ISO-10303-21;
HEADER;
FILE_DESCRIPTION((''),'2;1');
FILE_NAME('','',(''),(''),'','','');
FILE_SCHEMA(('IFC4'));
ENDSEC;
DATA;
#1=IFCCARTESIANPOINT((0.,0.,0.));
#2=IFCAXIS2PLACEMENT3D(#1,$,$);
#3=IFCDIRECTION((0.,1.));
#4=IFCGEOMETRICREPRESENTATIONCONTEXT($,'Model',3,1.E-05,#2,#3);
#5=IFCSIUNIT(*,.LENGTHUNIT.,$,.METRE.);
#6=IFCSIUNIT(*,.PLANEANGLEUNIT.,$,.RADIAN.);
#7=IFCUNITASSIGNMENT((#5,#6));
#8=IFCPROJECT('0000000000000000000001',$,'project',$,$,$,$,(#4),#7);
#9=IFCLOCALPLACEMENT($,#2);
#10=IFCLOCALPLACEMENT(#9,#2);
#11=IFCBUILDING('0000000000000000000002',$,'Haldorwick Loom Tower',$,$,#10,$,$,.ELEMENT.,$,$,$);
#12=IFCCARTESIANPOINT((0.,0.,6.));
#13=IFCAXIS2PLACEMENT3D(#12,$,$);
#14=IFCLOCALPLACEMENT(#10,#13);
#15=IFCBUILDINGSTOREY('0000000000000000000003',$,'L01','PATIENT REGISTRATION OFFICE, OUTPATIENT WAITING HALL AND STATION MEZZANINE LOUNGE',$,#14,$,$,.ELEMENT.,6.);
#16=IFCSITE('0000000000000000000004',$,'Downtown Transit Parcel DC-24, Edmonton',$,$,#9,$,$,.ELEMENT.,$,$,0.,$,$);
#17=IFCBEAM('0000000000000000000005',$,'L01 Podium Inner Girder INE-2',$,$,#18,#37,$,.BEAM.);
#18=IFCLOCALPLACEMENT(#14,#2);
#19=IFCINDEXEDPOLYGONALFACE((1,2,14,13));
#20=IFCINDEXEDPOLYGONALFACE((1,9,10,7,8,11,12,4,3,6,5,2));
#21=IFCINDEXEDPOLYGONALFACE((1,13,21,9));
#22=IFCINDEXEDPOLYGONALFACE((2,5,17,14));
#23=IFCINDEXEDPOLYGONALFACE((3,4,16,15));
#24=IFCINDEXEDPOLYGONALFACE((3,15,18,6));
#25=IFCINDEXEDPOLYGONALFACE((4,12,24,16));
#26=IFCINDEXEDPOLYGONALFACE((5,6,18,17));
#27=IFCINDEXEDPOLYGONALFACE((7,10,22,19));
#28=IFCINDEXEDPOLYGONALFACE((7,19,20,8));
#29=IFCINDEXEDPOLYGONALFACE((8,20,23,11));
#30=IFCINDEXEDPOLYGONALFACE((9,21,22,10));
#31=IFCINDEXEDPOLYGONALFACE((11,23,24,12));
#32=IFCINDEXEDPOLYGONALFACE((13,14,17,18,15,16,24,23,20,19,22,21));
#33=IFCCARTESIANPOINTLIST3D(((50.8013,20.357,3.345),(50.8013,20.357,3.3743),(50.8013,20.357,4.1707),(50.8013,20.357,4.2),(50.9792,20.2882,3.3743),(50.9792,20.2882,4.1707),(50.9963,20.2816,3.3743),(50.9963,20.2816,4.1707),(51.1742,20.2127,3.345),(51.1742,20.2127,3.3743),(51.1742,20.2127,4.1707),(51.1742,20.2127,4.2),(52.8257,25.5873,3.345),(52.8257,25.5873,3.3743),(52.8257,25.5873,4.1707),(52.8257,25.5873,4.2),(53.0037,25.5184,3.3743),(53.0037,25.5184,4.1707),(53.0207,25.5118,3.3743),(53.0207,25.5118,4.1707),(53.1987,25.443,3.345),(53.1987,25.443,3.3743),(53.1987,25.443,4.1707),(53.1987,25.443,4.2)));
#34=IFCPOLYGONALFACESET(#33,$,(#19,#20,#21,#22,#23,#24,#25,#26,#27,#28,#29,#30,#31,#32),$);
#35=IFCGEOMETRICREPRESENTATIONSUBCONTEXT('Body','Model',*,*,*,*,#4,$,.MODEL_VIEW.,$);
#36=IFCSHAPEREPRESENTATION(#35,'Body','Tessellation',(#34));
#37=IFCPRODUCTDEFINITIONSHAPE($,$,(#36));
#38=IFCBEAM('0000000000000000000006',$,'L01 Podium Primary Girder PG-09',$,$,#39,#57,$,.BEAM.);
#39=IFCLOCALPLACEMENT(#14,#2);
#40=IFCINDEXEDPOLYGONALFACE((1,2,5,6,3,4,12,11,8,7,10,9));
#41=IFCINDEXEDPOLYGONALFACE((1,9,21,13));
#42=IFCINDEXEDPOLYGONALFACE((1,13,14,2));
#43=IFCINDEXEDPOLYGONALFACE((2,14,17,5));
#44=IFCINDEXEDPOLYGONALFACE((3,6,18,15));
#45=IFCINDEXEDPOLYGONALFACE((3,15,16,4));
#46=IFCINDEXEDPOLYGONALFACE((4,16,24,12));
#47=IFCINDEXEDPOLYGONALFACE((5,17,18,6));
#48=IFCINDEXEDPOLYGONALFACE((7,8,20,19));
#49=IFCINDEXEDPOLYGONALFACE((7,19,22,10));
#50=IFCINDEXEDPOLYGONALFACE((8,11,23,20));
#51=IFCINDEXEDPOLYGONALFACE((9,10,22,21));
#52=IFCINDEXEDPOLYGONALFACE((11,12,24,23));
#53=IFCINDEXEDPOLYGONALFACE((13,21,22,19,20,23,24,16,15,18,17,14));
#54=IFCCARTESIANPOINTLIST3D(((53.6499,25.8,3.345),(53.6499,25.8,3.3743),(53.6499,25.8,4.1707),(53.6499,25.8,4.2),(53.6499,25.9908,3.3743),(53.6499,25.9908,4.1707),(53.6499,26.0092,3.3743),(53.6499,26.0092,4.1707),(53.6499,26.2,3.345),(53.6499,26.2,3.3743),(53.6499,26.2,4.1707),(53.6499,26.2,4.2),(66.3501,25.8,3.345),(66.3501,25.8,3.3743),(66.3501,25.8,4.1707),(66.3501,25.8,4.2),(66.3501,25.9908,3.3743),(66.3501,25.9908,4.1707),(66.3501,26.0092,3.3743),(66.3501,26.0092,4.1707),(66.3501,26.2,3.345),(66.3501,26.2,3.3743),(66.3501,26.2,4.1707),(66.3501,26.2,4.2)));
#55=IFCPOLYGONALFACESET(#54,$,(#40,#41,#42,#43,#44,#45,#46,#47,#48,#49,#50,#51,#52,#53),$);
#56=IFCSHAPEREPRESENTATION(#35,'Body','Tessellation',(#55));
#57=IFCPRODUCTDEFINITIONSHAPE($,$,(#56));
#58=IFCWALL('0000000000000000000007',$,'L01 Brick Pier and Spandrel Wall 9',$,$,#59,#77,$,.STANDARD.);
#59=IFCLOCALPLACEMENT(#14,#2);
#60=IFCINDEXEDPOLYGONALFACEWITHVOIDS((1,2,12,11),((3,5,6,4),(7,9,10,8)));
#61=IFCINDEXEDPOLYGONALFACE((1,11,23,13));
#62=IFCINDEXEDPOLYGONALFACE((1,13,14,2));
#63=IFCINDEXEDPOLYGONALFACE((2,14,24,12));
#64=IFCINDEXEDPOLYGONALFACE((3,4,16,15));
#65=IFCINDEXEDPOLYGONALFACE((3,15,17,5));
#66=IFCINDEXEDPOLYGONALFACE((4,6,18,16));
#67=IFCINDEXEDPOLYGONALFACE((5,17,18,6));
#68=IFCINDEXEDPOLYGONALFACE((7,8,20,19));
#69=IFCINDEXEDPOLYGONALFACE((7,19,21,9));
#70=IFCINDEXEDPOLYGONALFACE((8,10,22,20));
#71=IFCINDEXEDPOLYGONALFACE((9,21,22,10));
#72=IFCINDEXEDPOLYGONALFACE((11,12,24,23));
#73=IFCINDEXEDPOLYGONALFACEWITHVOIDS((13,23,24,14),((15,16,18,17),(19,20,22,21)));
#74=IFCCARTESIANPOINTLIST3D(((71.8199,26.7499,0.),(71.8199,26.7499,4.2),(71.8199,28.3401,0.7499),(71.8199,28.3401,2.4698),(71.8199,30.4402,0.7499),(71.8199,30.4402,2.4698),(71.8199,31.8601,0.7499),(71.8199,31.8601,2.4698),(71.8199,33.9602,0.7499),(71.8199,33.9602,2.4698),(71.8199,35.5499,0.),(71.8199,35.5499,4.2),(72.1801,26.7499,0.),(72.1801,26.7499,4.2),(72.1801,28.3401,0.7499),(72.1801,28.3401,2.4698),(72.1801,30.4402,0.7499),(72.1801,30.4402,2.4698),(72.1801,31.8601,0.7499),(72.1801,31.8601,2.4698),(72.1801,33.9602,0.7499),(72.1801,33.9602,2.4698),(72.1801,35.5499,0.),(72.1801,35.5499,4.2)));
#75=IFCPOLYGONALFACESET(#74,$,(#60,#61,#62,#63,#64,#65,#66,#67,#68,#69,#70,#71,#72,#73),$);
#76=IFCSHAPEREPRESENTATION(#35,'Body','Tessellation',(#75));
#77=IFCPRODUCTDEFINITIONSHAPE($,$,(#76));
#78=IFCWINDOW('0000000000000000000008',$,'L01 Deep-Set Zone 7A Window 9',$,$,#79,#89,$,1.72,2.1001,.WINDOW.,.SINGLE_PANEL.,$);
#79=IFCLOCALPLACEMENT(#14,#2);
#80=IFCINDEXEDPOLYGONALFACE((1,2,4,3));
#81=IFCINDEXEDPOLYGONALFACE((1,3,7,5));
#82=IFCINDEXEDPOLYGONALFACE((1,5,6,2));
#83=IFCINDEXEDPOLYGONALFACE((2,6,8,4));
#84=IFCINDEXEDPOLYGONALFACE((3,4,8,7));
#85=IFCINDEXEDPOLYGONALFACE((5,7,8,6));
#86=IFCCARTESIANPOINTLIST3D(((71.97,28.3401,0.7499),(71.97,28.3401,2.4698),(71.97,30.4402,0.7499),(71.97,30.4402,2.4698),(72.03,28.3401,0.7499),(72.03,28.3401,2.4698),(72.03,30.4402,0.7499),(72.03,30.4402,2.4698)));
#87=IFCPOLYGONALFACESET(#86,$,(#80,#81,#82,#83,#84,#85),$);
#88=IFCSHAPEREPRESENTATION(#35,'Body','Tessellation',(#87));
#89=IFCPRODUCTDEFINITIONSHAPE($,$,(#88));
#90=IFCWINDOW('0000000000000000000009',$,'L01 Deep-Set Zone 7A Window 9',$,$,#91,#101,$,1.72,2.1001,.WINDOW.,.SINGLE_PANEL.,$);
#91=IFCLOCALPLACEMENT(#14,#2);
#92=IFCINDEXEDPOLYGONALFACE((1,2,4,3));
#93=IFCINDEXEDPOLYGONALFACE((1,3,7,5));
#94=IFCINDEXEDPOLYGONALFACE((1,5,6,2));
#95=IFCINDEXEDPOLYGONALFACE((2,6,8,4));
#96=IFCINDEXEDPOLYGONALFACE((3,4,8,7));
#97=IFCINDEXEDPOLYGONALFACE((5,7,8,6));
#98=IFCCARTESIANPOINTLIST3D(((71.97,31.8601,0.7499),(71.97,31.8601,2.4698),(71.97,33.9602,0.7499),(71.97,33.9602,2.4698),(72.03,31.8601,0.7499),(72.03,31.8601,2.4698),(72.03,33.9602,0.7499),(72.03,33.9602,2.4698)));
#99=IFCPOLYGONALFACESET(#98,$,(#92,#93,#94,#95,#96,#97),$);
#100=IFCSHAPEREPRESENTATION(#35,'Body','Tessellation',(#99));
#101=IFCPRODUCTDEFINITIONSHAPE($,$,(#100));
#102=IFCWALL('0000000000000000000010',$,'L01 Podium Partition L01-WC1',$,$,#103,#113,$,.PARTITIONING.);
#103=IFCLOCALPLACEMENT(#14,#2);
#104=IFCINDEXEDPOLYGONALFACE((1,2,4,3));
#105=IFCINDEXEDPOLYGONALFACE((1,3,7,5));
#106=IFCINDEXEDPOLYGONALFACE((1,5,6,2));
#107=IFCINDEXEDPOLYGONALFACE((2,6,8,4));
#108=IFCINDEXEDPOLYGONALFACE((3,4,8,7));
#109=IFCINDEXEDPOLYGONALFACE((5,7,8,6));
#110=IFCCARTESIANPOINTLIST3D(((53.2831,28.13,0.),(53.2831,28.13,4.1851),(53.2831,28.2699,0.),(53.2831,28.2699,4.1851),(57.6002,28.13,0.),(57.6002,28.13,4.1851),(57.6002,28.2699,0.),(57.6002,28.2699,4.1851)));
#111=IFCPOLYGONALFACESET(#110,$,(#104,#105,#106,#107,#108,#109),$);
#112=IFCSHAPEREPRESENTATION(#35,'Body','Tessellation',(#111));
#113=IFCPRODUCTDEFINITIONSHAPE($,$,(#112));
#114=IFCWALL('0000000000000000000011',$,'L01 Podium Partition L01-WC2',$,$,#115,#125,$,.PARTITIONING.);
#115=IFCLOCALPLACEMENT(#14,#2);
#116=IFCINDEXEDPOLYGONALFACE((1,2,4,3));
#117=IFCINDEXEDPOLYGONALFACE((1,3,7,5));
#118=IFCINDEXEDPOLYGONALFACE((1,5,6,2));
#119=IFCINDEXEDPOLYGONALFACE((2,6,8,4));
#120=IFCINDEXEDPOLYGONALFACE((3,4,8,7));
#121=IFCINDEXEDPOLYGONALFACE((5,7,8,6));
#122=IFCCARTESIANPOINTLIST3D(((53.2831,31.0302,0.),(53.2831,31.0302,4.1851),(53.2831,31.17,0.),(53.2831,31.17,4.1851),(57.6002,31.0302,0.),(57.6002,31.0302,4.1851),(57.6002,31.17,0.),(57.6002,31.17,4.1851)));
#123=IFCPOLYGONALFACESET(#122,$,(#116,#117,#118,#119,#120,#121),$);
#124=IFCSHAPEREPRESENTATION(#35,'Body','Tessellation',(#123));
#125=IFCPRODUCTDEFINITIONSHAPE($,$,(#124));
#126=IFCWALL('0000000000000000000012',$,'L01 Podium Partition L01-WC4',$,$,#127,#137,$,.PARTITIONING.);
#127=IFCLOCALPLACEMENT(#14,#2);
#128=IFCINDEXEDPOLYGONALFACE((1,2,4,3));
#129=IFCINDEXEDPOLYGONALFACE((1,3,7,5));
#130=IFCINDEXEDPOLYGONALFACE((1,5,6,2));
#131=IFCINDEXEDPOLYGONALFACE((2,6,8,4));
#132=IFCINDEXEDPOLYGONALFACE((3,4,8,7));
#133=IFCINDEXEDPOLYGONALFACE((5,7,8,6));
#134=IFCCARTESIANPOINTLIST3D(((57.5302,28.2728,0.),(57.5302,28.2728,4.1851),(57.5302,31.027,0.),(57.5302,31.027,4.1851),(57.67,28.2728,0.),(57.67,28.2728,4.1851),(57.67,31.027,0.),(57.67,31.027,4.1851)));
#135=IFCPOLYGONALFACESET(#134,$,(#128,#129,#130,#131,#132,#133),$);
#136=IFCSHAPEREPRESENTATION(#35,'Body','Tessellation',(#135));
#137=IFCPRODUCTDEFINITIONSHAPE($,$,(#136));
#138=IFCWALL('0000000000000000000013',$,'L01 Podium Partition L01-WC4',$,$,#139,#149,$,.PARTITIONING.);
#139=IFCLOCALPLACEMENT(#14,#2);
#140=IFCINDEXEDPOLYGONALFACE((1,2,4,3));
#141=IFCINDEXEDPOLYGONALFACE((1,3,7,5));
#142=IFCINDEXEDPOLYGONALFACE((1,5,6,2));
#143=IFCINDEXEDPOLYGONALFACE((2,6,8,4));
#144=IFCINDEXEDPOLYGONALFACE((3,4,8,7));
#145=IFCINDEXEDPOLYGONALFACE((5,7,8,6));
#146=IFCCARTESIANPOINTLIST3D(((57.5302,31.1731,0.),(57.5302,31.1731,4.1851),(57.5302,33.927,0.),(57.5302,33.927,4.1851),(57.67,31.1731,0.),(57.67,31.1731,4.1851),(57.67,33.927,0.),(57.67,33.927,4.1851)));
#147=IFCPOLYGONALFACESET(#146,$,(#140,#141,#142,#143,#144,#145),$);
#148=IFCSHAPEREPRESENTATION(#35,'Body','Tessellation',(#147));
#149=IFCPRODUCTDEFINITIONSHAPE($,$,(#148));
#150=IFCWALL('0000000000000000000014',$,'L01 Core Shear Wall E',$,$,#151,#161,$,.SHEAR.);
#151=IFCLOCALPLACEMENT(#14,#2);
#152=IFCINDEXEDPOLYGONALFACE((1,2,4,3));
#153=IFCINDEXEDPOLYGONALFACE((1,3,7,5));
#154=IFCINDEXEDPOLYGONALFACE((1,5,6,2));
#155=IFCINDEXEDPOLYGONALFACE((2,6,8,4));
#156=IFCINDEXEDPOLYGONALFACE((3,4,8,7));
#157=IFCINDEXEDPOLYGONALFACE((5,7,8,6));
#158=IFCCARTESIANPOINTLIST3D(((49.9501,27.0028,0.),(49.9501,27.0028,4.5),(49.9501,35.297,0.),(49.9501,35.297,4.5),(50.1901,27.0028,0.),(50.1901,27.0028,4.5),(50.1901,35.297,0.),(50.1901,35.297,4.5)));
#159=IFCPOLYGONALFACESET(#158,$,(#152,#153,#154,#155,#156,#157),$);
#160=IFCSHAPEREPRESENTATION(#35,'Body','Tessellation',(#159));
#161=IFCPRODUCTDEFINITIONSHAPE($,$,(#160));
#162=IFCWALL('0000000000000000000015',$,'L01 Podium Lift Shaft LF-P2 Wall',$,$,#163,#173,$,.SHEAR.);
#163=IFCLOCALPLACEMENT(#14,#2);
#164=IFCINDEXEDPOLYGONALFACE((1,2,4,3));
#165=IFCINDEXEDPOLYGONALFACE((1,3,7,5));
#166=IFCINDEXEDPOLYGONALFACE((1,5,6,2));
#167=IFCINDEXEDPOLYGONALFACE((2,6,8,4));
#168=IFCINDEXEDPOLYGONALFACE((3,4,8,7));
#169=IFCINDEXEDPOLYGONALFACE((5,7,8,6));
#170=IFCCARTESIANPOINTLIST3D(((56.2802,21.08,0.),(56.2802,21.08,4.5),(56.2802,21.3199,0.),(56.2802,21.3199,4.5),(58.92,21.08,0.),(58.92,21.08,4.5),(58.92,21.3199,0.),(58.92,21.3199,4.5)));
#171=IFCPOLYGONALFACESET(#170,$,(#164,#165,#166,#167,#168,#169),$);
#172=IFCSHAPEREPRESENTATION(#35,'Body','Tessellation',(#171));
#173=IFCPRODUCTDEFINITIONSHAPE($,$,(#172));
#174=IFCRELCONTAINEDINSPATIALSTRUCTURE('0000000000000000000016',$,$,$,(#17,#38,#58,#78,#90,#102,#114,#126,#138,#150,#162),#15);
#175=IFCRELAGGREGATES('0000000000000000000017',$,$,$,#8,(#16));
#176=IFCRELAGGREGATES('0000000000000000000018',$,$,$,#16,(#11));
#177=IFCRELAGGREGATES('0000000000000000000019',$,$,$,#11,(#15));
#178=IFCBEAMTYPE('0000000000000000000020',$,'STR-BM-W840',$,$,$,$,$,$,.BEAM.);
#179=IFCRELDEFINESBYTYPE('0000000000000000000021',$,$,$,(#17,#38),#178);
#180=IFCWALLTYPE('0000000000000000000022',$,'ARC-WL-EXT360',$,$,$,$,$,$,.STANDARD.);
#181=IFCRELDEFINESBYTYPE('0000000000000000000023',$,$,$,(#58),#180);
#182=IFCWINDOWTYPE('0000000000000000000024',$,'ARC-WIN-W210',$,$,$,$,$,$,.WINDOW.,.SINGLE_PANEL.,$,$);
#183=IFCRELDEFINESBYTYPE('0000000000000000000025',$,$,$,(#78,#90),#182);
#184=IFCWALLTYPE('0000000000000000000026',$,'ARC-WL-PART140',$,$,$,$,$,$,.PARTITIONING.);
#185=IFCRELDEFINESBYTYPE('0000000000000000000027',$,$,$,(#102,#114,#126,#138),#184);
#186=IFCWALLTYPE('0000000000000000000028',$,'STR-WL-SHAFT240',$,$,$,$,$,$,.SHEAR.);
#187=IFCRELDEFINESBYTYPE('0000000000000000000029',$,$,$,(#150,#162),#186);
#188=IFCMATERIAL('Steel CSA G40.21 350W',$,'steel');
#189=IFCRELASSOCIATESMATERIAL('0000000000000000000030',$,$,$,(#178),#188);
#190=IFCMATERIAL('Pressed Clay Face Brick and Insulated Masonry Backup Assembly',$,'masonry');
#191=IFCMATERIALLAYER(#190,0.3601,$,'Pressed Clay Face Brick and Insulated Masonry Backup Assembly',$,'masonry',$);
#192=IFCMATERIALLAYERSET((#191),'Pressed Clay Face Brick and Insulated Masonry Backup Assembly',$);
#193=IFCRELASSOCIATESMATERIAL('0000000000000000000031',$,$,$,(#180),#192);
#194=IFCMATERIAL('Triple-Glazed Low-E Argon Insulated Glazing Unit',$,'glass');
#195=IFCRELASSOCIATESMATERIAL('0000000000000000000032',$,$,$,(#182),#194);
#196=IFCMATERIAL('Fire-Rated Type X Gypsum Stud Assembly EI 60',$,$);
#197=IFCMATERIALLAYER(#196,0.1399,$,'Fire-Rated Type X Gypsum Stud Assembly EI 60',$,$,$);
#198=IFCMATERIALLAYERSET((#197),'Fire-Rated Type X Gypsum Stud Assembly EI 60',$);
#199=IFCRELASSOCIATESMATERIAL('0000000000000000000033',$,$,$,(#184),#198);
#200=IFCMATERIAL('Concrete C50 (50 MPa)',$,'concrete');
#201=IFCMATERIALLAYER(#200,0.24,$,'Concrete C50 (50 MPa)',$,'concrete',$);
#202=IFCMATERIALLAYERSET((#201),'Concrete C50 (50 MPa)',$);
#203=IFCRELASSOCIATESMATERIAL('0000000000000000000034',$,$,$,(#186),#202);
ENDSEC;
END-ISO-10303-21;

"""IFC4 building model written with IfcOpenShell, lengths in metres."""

from ifc_helpers import new_model, si_unit, direction, frame, frame_2d, origin, origin_2d, place, context, subcontext, project, spatial, rectangle, i_section, extrude, material, layer, layer_set, material_profile, profile_set, type_object, element, fill, save


model = new_model("IFC4")

# Units and contexts
model_context = context("Model", 3, precision=1e-05, world=origin(), true_north=direction((0.0, 1.0)))
body_context = subcontext(model_context, "Body", "Model", "MODEL_VIEW")
ifc_project = project(units=[si_unit("LENGTHUNIT", "METRE"), si_unit("PLANEANGLEUNIT", "RADIAN")], contexts=[model_context])

# Site, building, storey
site_placement = place(None, origin())
site = spatial("IfcSite", under=ifc_project, at=site_placement, Name="Downtown Transit Parcel DC-24, Edmonton", CompositionType="ELEMENT", RefElevation=0.0)
building_placement = place(site_placement, origin())
building = spatial("IfcBuilding", under=site, at=building_placement, Name="Haldorwick Loom Tower", CompositionType="ELEMENT")
storey_placement = place(building_placement, frame((0.0, 0.0, 6.0)))
storey = spatial("IfcBuildingStorey", under=building, at=storey_placement, Name="L01", Description="PATIENT REGISTRATION OFFICE, OUTPATIENT WAITING HALL AND STATION MEZZANINE LOUNGE", CompositionType="ELEMENT", Elevation=6.0)

# Beams
ifc_material_1 = material(Name="Steel CSA G40.21 350W", Category="steel")
ifc_material_profile_1 = material_profile(ifc_material_1, i_section(OverallWidth=0.3999, OverallDepth=0.855, WebThickness=0.0183, FlangeThickness=0.0293, at=origin_2d()), Name="W840X299", Category="steel")
ifc_profile_set_1 = profile_set([ifc_material_profile_1], Name="Steel CSA G40.21 350W")
beam_type_1 = type_object("IfcBeamType", Name="STR-BM-W840", PredefinedType="BEAM", material=ifc_profile_set_1)
beam_1_placement = place(storey_placement, frame((53.0122, 25.5151, 3.7725), z_axis=(-0.360965, -0.932579, 0.0), x_axis=(0.932579, -0.360965, 0.0)))
element("IfcBeam", 1, at=beam_1_placement, inside=storey, type_object=beam_type_1, Name="L01 Podium Inner Girder INE-2", PredefinedType="BEAM", context=body_context, shape_type="SweptSolid", body=[
    extrude(i_section(OverallWidth=0.3999, OverallDepth=0.855, WebThickness=0.0183, FlangeThickness=0.0293, at=origin_2d()), origin(), (0.0, 0.0, 1.0), 5.6084),
])
beam_2_placement = place(storey_placement, frame((53.6499, 26.0, 3.7725), z_axis=(1.0, 0.0, 0.0), x_axis=(0.0, 1.0, 0.0)))
element("IfcBeam", 2, at=beam_2_placement, inside=storey, type_object=beam_type_1, Name="L01 Podium Primary Girder PG-09", PredefinedType="BEAM", context=body_context, shape_type="SweptSolid", body=[
    extrude(i_section(OverallWidth=0.3999, OverallDepth=0.855, WebThickness=0.0183, FlangeThickness=0.0293, at=origin_2d()), origin(), (0.0, 0.0, 1.0), 12.7002),
])

# Wall, openings, windows
ifc_material_2 = material(Name="Pressed Clay Face Brick and Insulated Masonry Backup Assembly", Category="masonry")
ifc_layer_1 = layer(ifc_material_2, 0.3601, Name="Pressed Clay Face Brick and Insulated Masonry Backup Assembly", Category="masonry")
ifc_layer_set_1 = layer_set([ifc_layer_1], Name="Pressed Clay Face Brick and Insulated Masonry Backup Assembly")
wall_type_1 = type_object("IfcWallType", Name="ARC-WL-EXT360", PredefinedType="STANDARD", material=ifc_layer_set_1)
wall_1_placement = place(storey_placement, frame((72.0, 26.75, 0.0), z_axis=(0.0, 0.0, 1.0), x_axis=(0.0, 1.0, 0.0)))
wall_1 = element("IfcWall", 3, at=wall_1_placement, inside=storey, type_object=wall_type_1, Name="L01 Brick Pier and Spandrel Wall 9", PredefinedType="STANDARD", context=body_context, shape_type="SweptSolid", body=[
    extrude(rectangle(XDim=8.8, YDim=0.3601, at=frame_2d((4.3999, 0.0))), origin(), (0.0, 0.0, 1.0), 4.2),
])
opening_1_placement = place(wall_1_placement, frame((1.5901, 0.0, 0.75)))
opening_1 = element("IfcOpeningElement", 4, at=opening_1_placement, cuts=wall_1, PredefinedType="OPENING", context=body_context, shape_type="SweptSolid", body=[
    extrude(rectangle(XDim=2.1001, YDim=1.72, at=frame_2d((1.05, 0.8599))), frame((0.0, 0.1899, 0.0), z_axis=(0.0, -1.0, 0.0), x_axis=(1.0, 0.0, 0.0)), (0.0, 0.0, 1.0), 0.3801),
])
opening_2_placement = place(wall_1_placement, frame((5.1101, 0.0, 0.75)))
opening_2 = element("IfcOpeningElement", 5, at=opening_2_placement, cuts=wall_1, PredefinedType="OPENING", context=body_context, shape_type="SweptSolid", body=[
    extrude(rectangle(XDim=2.1001, YDim=1.72, at=frame_2d((1.05, 0.8599))), frame((0.0, 0.1899, 0.0), z_axis=(0.0, -1.0, 0.0), x_axis=(1.0, 0.0, 0.0)), (0.0, 0.0, 1.0), 0.3801),
])
ifc_material_3 = material(Name="Triple-Glazed Low-E Argon Insulated Glazing Unit", Category="glass")
window_type = type_object("IfcWindowType", Name="ARC-WIN-W210", PartitioningType="SINGLE_PANEL", PredefinedType="WINDOW", material=ifc_material_3)
window_1_placement = place(opening_1_placement, origin())
window_1 = element("IfcWindow", 6, at=window_1_placement, inside=storey, type_object=window_type, Name="L01 Deep-Set Zone 7A Window 9", OverallHeight=1.72, OverallWidth=2.1001, PartitioningType="SINGLE_PANEL", PredefinedType="WINDOW", context=body_context, shape_type="SweptSolid", body=[
    extrude(rectangle(XDim=2.1001, YDim=1.72, at=frame_2d((1.05, 0.8599))), frame((0.0, 0.03, 0.0), z_axis=(0.0, -1.0, 0.0), x_axis=(1.0, 0.0, 0.0)), (0.0, 0.0, 1.0), 0.0601),
])
fill(opening_1, window_1)
window_2_placement = place(opening_2_placement, origin())
window_2 = element("IfcWindow", 7, at=window_2_placement, inside=storey, type_object=window_type, Name="L01 Deep-Set Zone 7A Window 9", OverallHeight=1.72, OverallWidth=2.1001, PartitioningType="SINGLE_PANEL", PredefinedType="WINDOW", context=body_context, shape_type="SweptSolid", body=[
    extrude(rectangle(XDim=2.1001, YDim=1.72, at=frame_2d((1.05, 0.8599))), frame((0.0, 0.03, 0.0), z_axis=(0.0, -1.0, 0.0), x_axis=(1.0, 0.0, 0.0)), (0.0, 0.0, 1.0), 0.0601),
])
fill(opening_2, window_2)

# Walls
ifc_material_4 = material(Name="Fire-Rated Type X Gypsum Stud Assembly EI 60")
ifc_layer_2 = layer(ifc_material_4, 0.1399, Name="Fire-Rated Type X Gypsum Stud Assembly EI 60")
ifc_layer_set_2 = layer_set([ifc_layer_2], Name="Fire-Rated Type X Gypsum Stud Assembly EI 60")
wall_type_2 = type_object("IfcWallType", Name="ARC-WL-PART140", PredefinedType="PARTITIONING", material=ifc_layer_set_2)
for number, where, z_axis, x_axis, name in (
    (8, (53.283, 28.2, 0.0), (0.0, 0.0, 1.0), (1.0, 0.0, 0.0), "L01 Podium Partition L01-WC1"),
    (9, (53.283, 31.1001, 0.0), (0.0, 0.0, 1.0), (1.0, 0.0, 0.0), "L01 Podium Partition L01-WC2"),
):
    element("IfcWall", number, at=place(storey_placement, frame(where, z_axis=z_axis, x_axis=x_axis)), inside=storey, type_object=wall_type_2, Name=name, PredefinedType="PARTITIONING", context=body_context, shape_type="SweptSolid", body=[
        extrude(rectangle(XDim=4.3171, YDim=0.1399, at=frame_2d((2.1587, 0.0))), origin(), (0.0, 0.0, 1.0), 4.1851),
    ])
wall_2_placement = place(storey_placement, frame((57.6001, 28.2729, 0.0), z_axis=(0.0, 0.0, 1.0), x_axis=(0.0, 1.0, 0.0)))
element("IfcWall", 10, at=wall_2_placement, inside=storey, type_object=wall_type_2, Name="L01 Podium Partition L01-WC4", PredefinedType="PARTITIONING", context=body_context, shape_type="SweptSolid", body=[
    extrude(rectangle(XDim=2.7542, YDim=0.1399, at=frame_2d((1.377, 0.0))), origin(), (0.0, 0.0, 1.0), 4.1851),
])
wall_3_placement = place(storey_placement, frame((57.6001, 31.1731, 0.0), z_axis=(0.0, 0.0, 1.0), x_axis=(0.0, 1.0, 0.0)))
element("IfcWall", 11, at=wall_3_placement, inside=storey, type_object=wall_type_2, Name="L01 Podium Partition L01-WC4", PredefinedType="PARTITIONING", context=body_context, shape_type="SweptSolid", body=[
    extrude(rectangle(XDim=2.7539, YDim=0.1399, at=frame_2d((1.377, 0.0))), origin(), (0.0, 0.0, 1.0), 4.1851),
])
ifc_material_5 = material(Name="Concrete C50 (50 MPa)", Category="concrete")
ifc_layer_3 = layer(ifc_material_5, 0.24, Name="Concrete C50 (50 MPa)", Category="concrete")
ifc_layer_set_3 = layer_set([ifc_layer_3], Name="Concrete C50 (50 MPa)")
wall_type_3 = type_object("IfcWallType", Name="STR-WL-SHAFT240", PredefinedType="SHEAR", material=ifc_layer_set_3)
wall_4_placement = place(storey_placement, frame((50.0701, 27.0029, 0.0), z_axis=(0.0, 0.0, 1.0), x_axis=(0.0, 1.0, 0.0)))
element("IfcWall", 12, at=wall_4_placement, inside=storey, type_object=wall_type_3, Name="L01 Core Shear Wall E", PredefinedType="SHEAR", context=body_context, shape_type="SweptSolid", body=[
    extrude(rectangle(XDim=8.2942, YDim=0.24, at=frame_2d((4.147, 0.0))), origin(), (0.0, 0.0, 1.0), 4.5),
])
wall_5_placement = place(storey_placement, frame((58.9199, 21.2, 0.0), z_axis=(0.0, 0.0, 1.0), x_axis=(-1.0, 0.0, 0.0)))
element("IfcWall", 13, at=wall_5_placement, inside=storey, type_object=wall_type_3, Name="L01 Podium Lift Shaft LF-P2 Wall", PredefinedType="SHEAR", context=body_context, shape_type="SweptSolid", body=[
    extrude(rectangle(XDim=2.6399, YDim=0.24, at=frame_2d((1.3198, 0.0))), origin(), (0.0, 0.0, 1.0), 4.5),
])

save(model, "model.ifc")
